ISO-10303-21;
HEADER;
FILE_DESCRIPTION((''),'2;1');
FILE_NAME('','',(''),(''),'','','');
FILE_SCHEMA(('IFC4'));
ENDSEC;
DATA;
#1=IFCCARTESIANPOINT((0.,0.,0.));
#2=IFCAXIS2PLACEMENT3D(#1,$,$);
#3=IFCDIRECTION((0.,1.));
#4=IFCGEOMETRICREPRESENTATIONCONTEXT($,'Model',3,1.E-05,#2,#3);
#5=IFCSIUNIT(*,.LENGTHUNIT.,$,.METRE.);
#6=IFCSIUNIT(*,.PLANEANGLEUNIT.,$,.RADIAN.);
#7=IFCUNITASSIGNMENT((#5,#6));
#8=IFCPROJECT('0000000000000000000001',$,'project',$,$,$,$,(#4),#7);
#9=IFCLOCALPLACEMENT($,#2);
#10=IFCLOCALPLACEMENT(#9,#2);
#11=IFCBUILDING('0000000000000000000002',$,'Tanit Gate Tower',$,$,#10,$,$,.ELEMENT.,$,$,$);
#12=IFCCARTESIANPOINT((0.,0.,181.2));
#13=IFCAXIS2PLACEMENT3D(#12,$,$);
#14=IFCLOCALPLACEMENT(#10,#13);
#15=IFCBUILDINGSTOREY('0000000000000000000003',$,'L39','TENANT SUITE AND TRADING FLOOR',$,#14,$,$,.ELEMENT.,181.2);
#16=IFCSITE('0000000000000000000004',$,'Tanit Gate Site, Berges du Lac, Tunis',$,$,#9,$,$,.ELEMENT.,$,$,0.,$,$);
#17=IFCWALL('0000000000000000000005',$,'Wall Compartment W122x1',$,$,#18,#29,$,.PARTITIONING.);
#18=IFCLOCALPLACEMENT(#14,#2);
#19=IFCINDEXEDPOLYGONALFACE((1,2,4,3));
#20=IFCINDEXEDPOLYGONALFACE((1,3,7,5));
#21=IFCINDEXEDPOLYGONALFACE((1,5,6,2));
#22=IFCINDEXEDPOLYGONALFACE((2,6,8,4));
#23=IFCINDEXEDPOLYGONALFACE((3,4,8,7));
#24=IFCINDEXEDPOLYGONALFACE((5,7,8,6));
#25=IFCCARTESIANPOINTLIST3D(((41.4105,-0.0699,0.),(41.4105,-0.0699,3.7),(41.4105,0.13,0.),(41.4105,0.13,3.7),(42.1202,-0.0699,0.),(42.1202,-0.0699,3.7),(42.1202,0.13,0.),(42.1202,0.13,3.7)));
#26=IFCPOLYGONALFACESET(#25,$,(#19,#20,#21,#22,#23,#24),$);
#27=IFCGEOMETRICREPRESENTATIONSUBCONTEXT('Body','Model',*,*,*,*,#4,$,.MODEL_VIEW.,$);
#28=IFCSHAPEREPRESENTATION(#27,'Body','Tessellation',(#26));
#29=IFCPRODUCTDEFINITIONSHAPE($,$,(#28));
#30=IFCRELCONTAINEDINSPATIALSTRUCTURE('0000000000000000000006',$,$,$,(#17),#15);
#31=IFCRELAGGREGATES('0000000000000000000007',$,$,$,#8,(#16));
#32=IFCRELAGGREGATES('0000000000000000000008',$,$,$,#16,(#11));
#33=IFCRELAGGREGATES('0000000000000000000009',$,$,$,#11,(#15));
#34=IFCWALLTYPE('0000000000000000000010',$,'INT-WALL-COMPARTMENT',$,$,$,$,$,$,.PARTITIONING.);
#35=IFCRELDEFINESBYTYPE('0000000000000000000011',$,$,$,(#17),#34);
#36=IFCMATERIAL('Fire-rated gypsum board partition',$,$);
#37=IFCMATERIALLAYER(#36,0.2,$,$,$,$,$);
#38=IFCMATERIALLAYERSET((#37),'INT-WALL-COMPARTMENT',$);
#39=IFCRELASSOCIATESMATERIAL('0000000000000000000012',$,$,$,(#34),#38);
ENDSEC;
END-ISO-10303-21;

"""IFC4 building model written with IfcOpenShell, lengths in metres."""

from ifc_helpers import new_model, si_unit, direction, frame, frame_2d, origin, place, context, subcontext, project, spatial, rectangle, extrude, material, layer, layer_set, type_object, element, save


model = new_model("IFC4")

# Units and contexts
model_context = context("Model", 3, precision=1e-05, world=origin(), true_north=direction((0.0, 1.0)))
body_context = subcontext(model_context, "Body", "Model", "MODEL_VIEW")
ifc_project = project(units=[si_unit("LENGTHUNIT", "METRE"), si_unit("PLANEANGLEUNIT", "RADIAN")], contexts=[model_context])

# Site, building, storey
site_placement = place(None, origin())
site = spatial("IfcSite", under=ifc_project, at=site_placement, Name="Tanit Gate Site, Berges du Lac, Tunis", CompositionType="ELEMENT", RefElevation=0.0)
building_placement = place(site_placement, origin())
building = spatial("IfcBuilding", under=site, at=building_placement, Name="Tanit Gate Tower", CompositionType="ELEMENT")
storey_placement = place(building_placement, frame((0.0, 0.0, 181.2)))
storey = spatial("IfcBuildingStorey", under=building, at=storey_placement, Name="L39", Description="TENANT SUITE AND TRADING FLOOR", CompositionType="ELEMENT", Elevation=181.2)

# Wall
ifc_material_1 = material(Name="Fire-rated gypsum board partition")
ifc_layer_1 = layer(ifc_material_1, 0.2)
ifc_layer_set_1 = layer_set([ifc_layer_1], Name="INT-WALL-COMPARTMENT")
wall_type_1 = type_object("IfcWallType", Name="INT-WALL-COMPARTMENT", PredefinedType="PARTITIONING", material=ifc_layer_set_1)
wall_1_placement = place(storey_placement, frame((41.4104, 0.03, 0.0), z_axis=(0.0, 0.0, 1.0), x_axis=(1.0, 0.0, 0.0)))
element("IfcWall", 1, at=wall_1_placement, inside=storey, type_object=wall_type_1, Name="Wall Compartment W122x1", PredefinedType="PARTITIONING", context=body_context, shape_type="SweptSolid", body=[
    extrude(rectangle(XDim=0.7097, YDim=0.2, at=frame_2d((0.355, 0.0))), origin(), (0.0, 0.0, 1.0), 3.7),
])

save(model, "model.ifc")
